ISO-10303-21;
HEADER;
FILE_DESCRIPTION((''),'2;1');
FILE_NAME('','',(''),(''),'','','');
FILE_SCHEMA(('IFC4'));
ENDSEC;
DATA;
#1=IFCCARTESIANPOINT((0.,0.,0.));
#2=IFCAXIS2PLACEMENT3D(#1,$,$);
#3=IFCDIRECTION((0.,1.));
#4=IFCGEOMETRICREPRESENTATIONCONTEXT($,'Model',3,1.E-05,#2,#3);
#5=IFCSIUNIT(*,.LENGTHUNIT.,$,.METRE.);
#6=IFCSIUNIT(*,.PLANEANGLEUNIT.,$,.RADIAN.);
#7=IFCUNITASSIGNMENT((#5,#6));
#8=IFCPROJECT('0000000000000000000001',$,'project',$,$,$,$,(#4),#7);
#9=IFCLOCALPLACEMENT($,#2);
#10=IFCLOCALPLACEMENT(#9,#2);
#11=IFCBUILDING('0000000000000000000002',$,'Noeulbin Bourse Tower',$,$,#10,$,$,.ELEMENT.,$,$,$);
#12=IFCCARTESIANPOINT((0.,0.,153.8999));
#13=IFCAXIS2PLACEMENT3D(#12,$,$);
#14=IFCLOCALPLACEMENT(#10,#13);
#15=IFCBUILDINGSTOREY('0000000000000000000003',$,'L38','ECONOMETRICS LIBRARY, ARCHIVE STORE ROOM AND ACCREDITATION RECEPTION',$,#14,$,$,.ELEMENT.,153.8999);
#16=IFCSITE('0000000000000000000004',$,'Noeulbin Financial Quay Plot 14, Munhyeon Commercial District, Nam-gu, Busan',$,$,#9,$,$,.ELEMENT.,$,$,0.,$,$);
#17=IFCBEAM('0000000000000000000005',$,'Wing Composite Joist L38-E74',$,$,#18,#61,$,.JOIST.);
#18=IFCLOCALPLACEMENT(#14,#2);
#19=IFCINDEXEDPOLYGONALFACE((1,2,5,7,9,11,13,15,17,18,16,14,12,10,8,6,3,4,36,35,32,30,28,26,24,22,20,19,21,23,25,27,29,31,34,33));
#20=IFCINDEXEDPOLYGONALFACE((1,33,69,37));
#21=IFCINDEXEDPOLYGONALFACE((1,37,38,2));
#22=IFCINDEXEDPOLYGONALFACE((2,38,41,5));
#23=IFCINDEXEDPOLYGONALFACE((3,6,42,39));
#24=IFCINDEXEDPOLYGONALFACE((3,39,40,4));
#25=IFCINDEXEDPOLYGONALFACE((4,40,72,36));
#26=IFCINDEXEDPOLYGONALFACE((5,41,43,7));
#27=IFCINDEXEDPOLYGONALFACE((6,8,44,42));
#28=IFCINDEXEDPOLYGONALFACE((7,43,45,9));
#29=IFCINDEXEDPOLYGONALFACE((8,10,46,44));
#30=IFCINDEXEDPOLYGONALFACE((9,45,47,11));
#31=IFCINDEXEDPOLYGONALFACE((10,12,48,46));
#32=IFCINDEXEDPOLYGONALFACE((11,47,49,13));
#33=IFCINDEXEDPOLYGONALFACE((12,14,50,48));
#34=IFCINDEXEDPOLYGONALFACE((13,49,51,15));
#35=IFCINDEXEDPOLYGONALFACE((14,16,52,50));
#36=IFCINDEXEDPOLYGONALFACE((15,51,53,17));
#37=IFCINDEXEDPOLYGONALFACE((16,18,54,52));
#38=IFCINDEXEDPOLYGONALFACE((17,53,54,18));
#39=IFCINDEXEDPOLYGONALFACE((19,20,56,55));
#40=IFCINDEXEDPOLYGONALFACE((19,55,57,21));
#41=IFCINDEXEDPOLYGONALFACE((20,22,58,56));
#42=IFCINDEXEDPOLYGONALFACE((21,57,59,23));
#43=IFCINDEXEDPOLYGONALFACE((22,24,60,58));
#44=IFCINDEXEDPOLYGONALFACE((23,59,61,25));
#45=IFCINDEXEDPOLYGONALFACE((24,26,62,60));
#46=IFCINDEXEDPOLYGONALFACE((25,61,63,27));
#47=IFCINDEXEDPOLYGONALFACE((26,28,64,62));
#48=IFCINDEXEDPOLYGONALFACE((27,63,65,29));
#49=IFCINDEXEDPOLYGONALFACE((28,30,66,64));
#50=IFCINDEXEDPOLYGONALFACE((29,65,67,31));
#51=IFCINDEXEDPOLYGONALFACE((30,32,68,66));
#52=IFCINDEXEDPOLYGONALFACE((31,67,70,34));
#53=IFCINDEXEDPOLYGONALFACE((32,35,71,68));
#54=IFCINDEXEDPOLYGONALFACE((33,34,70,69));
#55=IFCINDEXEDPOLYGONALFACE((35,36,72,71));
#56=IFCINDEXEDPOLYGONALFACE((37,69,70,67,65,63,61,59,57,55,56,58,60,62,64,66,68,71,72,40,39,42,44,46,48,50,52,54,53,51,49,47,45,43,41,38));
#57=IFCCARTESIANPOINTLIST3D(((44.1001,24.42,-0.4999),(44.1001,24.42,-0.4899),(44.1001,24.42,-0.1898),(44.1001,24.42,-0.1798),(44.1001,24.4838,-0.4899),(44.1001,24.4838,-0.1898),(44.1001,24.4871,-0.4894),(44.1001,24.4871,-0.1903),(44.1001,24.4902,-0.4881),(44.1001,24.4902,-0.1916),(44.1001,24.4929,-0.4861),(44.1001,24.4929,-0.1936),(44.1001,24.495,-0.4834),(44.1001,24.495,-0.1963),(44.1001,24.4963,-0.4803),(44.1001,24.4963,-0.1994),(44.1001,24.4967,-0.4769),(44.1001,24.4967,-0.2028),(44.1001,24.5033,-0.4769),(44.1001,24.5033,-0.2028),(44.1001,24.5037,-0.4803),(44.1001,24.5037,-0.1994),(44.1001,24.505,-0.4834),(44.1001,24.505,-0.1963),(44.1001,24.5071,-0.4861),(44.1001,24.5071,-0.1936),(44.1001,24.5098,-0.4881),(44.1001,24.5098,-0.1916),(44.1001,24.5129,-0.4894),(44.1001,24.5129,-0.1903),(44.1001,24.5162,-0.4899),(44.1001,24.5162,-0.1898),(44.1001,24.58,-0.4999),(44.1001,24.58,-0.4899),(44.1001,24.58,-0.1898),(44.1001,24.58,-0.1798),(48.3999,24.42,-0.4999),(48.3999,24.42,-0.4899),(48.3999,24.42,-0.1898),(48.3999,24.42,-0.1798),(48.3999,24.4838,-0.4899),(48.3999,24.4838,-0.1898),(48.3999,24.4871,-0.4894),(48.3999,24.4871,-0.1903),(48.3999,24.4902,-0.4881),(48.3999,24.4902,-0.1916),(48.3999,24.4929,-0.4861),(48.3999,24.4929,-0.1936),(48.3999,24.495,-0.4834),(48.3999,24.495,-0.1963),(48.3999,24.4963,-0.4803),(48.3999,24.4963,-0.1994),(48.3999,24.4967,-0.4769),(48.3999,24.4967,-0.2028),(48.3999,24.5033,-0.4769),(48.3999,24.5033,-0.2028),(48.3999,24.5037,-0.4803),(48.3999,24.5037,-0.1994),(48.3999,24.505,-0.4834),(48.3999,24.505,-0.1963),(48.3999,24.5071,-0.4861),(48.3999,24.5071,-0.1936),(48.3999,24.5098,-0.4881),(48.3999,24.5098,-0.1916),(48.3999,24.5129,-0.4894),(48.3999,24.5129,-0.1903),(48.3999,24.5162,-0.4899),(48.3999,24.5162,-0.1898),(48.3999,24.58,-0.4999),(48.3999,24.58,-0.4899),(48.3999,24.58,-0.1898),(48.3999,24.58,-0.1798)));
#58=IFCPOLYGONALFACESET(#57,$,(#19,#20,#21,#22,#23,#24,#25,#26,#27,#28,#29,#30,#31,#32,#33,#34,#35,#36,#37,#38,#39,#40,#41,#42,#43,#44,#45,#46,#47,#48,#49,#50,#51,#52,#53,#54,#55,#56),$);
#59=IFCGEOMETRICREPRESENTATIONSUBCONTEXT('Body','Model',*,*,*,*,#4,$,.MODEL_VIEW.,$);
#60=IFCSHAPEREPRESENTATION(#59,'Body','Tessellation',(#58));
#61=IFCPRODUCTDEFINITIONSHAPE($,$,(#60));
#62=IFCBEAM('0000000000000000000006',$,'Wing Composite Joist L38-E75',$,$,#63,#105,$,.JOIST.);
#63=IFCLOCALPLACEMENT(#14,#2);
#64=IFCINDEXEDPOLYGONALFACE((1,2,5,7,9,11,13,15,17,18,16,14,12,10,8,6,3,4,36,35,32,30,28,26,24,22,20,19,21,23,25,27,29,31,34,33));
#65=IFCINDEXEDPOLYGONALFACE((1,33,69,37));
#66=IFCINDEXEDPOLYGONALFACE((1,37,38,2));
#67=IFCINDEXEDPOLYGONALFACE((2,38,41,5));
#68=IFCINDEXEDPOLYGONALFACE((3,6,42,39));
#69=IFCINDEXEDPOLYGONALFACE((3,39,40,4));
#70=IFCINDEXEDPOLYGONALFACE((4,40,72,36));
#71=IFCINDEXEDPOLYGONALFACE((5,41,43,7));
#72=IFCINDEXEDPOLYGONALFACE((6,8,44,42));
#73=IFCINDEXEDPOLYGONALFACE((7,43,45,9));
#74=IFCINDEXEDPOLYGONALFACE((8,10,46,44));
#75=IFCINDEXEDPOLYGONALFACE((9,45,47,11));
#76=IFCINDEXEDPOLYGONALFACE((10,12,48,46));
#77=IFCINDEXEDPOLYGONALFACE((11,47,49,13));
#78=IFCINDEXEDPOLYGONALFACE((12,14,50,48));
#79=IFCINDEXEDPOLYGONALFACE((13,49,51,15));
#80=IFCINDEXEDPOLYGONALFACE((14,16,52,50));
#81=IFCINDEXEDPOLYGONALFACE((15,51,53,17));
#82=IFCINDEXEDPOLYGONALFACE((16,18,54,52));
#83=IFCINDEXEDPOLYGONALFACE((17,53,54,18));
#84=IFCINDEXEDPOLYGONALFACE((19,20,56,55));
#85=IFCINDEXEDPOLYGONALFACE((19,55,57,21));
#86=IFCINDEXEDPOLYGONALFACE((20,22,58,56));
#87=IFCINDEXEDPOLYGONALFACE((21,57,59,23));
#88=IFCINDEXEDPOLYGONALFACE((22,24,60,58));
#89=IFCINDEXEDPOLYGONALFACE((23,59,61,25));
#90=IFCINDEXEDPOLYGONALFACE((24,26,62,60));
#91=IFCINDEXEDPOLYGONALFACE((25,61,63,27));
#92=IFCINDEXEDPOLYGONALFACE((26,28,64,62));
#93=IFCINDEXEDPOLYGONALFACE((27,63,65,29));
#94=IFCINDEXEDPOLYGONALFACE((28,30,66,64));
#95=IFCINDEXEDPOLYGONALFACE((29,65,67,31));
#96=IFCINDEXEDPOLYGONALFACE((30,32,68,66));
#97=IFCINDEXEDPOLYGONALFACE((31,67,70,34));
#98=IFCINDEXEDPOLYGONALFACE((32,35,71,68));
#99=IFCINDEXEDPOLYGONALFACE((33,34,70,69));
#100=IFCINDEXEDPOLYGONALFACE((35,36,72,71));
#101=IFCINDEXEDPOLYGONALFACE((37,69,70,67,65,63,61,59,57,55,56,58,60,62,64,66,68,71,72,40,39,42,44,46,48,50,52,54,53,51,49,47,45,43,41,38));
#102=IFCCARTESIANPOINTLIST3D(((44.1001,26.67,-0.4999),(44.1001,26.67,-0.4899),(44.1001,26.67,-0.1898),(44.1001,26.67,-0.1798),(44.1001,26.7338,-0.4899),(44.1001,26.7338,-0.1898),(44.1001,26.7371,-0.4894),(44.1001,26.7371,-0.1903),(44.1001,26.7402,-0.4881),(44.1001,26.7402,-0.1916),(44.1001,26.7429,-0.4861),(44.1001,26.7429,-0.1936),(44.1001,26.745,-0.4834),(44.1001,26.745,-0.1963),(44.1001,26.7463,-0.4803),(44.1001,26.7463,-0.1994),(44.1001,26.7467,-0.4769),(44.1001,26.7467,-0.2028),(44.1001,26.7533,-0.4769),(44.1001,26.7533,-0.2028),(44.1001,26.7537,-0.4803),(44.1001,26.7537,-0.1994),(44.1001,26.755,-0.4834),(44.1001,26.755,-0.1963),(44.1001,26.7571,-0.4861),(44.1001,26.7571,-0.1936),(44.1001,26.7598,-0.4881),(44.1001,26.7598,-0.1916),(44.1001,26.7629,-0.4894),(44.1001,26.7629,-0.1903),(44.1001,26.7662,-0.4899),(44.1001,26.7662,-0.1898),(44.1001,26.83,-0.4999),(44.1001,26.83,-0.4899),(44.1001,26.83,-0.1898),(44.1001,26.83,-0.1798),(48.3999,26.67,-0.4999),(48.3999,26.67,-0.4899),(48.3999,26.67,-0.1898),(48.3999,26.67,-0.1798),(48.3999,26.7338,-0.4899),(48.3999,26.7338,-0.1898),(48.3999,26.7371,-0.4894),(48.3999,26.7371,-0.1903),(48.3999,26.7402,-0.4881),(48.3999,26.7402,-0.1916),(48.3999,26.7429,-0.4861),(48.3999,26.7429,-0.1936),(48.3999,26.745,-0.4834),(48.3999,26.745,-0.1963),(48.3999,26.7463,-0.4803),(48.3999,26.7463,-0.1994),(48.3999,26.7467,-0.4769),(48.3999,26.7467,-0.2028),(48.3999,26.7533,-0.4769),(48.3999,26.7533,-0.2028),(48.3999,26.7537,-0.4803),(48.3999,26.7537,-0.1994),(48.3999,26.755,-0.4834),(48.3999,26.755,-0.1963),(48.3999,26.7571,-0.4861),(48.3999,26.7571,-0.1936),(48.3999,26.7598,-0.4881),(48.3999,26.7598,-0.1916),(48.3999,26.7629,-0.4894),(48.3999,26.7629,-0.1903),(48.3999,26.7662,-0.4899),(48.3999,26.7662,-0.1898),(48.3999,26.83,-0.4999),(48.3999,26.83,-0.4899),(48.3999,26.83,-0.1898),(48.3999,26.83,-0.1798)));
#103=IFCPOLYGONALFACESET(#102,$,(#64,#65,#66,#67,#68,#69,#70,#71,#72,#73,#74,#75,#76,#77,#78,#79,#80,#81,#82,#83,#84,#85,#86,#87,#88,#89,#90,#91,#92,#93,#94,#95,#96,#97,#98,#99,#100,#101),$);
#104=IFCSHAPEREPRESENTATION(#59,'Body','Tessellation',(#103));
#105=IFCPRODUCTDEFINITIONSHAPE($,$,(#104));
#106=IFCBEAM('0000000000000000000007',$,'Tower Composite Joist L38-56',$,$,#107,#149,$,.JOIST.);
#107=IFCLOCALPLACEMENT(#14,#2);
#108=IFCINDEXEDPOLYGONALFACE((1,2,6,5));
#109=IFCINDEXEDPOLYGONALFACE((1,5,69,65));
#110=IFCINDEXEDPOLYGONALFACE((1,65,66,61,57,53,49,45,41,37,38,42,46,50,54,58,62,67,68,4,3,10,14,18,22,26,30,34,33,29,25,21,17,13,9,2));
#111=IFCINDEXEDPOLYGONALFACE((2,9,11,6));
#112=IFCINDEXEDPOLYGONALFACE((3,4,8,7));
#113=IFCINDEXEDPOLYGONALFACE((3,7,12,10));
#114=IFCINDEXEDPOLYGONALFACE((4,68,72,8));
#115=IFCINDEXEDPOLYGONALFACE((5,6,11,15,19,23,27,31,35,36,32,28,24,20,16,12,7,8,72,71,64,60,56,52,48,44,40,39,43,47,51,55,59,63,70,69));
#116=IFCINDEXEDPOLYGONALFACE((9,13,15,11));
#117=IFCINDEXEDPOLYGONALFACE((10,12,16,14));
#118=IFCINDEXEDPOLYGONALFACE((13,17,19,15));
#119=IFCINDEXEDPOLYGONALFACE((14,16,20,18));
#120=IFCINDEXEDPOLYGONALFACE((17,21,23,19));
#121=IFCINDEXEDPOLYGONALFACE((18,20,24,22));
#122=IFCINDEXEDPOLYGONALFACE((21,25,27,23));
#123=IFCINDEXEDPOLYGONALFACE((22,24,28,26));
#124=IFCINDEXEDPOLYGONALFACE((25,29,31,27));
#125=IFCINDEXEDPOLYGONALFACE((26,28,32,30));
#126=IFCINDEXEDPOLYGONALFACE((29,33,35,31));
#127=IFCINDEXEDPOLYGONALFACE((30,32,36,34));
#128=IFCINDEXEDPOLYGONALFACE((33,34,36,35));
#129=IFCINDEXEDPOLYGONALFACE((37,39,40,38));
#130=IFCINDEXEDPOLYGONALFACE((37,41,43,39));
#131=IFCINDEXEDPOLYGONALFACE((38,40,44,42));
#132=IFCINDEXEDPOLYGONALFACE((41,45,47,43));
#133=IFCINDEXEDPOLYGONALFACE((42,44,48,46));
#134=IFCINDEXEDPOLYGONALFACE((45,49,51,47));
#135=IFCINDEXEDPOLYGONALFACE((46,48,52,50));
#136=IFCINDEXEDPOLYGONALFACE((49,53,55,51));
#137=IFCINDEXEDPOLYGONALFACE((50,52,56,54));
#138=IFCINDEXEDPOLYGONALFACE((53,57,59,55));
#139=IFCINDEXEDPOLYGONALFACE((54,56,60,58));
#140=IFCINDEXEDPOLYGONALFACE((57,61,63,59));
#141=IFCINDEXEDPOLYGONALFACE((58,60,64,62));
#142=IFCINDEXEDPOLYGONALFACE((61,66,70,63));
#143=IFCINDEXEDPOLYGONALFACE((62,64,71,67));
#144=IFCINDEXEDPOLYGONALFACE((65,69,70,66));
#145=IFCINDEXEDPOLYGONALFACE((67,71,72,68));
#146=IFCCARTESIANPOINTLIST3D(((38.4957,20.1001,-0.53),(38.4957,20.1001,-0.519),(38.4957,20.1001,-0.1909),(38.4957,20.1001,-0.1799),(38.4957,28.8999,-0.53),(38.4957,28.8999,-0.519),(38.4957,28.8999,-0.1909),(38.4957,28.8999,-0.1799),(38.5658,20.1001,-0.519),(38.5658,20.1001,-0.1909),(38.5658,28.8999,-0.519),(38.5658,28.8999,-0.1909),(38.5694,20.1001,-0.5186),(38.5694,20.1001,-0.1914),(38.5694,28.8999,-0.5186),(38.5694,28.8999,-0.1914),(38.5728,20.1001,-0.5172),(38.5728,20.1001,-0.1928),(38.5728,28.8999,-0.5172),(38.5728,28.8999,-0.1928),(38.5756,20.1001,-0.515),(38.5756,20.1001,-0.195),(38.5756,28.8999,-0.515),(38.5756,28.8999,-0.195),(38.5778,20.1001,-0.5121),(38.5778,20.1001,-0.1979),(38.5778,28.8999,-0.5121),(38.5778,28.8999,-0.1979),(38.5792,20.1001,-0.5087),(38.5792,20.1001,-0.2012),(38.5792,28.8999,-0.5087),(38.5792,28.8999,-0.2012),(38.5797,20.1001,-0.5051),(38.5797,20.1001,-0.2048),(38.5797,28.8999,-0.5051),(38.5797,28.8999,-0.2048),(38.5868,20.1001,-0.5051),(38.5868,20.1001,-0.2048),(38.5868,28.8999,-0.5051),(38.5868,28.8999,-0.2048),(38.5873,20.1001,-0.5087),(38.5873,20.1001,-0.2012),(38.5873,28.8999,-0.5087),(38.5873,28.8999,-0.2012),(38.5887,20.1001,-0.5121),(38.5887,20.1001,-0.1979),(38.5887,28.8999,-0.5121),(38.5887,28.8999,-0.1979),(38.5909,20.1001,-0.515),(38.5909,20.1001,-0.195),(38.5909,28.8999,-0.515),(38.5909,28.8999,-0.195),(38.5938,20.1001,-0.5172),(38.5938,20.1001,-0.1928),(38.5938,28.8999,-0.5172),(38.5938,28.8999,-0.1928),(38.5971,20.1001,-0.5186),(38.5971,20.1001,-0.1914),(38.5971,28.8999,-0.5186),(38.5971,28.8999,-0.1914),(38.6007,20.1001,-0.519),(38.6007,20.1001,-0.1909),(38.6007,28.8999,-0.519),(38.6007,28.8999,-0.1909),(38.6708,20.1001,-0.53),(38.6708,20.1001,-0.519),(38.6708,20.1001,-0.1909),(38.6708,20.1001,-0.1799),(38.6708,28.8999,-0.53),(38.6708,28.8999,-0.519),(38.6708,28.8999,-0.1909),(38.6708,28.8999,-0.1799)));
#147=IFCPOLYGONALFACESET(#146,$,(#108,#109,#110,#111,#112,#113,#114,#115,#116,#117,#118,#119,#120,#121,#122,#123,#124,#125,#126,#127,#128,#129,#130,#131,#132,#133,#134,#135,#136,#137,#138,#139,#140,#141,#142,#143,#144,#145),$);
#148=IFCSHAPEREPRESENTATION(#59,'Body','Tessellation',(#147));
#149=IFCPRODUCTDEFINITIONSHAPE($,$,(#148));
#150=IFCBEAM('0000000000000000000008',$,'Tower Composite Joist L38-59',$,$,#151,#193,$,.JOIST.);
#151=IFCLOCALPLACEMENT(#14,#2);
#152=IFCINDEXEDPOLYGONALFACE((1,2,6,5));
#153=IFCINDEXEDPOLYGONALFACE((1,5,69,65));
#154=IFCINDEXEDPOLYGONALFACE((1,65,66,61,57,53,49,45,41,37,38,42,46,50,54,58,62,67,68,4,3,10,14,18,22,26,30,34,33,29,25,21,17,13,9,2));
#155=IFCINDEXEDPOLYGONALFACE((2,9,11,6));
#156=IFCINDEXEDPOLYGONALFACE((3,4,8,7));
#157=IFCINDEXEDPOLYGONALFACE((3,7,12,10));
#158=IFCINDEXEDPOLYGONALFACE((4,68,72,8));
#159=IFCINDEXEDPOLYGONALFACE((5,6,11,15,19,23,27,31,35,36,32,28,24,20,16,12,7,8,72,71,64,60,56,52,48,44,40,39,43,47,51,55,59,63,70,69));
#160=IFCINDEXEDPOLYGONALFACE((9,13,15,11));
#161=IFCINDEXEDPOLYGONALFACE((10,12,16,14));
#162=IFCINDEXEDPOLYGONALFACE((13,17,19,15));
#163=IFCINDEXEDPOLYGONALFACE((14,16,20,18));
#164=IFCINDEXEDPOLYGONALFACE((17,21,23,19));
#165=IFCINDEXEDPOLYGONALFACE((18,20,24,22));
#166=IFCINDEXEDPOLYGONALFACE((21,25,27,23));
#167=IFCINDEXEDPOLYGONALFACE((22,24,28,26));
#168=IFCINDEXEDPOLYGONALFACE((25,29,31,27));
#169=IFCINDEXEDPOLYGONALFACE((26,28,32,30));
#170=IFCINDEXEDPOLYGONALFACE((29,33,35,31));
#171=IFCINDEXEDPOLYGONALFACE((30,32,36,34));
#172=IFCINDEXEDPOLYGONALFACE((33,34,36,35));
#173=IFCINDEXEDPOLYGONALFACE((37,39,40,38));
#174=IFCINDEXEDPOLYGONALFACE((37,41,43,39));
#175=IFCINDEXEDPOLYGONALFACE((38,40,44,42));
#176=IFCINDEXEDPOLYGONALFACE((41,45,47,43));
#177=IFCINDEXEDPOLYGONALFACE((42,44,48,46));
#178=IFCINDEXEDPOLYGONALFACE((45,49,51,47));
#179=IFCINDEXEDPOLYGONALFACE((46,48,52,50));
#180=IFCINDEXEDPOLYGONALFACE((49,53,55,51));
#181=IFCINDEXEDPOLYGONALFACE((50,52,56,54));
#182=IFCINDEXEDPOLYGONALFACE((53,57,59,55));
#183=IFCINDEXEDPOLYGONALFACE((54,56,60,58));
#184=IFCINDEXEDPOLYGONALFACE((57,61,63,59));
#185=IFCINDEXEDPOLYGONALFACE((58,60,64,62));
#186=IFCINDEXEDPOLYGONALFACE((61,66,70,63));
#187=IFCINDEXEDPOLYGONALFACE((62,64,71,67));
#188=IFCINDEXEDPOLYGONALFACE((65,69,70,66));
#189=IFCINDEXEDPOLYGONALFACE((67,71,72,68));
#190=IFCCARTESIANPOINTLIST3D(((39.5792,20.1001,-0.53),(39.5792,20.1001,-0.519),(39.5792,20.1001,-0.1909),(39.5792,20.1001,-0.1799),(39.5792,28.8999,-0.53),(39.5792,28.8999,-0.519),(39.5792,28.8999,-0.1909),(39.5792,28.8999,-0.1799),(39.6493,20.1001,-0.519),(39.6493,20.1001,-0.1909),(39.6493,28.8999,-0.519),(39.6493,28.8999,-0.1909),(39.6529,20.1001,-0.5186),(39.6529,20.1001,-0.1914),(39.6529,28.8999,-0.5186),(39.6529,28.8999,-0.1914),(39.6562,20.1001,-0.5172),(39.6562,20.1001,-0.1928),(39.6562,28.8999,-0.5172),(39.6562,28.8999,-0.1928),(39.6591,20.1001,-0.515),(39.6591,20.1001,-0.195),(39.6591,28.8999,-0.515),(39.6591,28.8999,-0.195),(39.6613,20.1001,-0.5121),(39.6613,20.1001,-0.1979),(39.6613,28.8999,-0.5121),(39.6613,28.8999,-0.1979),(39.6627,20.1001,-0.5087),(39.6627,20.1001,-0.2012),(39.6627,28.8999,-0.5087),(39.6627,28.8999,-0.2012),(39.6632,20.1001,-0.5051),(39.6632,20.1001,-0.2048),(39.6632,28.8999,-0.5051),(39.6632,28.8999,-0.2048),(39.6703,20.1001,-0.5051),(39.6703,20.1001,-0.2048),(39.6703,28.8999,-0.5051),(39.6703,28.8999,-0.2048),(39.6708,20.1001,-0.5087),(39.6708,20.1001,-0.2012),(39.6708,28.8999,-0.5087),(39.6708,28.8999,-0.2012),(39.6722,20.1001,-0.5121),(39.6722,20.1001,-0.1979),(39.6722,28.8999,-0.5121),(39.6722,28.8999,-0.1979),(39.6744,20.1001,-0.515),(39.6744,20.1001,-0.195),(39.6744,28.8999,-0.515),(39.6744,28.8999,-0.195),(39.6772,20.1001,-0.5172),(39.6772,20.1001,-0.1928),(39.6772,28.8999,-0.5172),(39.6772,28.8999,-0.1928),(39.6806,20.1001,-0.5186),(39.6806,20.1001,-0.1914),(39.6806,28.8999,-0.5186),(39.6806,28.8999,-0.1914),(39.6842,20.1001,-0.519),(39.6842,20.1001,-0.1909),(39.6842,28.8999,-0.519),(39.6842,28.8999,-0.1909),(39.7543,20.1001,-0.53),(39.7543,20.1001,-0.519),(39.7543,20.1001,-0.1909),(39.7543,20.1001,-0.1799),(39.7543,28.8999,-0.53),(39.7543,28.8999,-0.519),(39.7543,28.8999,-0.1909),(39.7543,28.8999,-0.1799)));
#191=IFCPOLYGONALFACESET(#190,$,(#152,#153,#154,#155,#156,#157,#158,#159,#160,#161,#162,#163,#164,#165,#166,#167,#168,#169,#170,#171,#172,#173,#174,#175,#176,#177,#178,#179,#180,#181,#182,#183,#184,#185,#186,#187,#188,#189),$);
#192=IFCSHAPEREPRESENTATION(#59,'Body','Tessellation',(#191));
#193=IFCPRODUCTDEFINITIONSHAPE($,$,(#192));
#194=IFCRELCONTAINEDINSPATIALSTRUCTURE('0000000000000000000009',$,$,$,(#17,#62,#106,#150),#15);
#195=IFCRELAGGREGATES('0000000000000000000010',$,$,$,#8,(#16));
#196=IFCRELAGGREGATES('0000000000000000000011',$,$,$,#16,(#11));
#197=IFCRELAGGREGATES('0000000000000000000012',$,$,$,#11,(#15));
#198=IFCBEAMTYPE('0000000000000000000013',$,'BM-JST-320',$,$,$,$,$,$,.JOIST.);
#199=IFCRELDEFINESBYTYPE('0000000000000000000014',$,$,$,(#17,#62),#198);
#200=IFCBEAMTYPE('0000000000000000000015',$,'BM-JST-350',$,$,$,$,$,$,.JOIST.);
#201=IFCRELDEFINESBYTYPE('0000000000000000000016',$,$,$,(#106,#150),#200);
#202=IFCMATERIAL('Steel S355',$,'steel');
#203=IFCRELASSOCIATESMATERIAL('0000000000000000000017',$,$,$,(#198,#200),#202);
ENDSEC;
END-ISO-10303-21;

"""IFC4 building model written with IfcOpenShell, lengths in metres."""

from ifc_helpers import new_model, si_unit, direction, frame, origin, origin_2d, place, context, subcontext, project, spatial, i_section, extrude, material, material_profile, profile_set, type_object, element, save


model = new_model("IFC4")

# Units and contexts
model_context = context("Model", 3, precision=1e-05, world=origin(), true_north=direction((0.0, 1.0)))
body_context = subcontext(model_context, "Body", "Model", "MODEL_VIEW")
ifc_project = project(units=[si_unit("LENGTHUNIT", "METRE"), si_unit("PLANEANGLEUNIT", "RADIAN")], contexts=[model_context])

# Site, building, storey
site_placement = place(None, origin())
site = spatial("IfcSite", under=ifc_project, at=site_placement, Name="Noeulbin Financial Quay Plot 14, Munhyeon Commercial District, Nam-gu, Busan", CompositionType="ELEMENT", RefElevation=0.0)
building_placement = place(site_placement, origin())
building = spatial("IfcBuilding", under=site, at=building_placement, Name="Noeulbin Bourse Tower", CompositionType="ELEMENT")
storey_placement = place(building_placement, frame((0.0, 0.0, 153.8999)))
storey = spatial("IfcBuildingStorey", under=building, at=storey_placement, Name="L38", Description="ECONOMETRICS LIBRARY, ARCHIVE STORE ROOM AND ACCREDITATION RECEPTION", CompositionType="ELEMENT", Elevation=153.8999)

# Shared definitions
ifc_material_1 = material(Name="Steel S355", Category="steel")

# Beams
ifc_material_profile_1 = material_profile(ifc_material_1, i_section(OverallWidth=0.1599, OverallDepth=0.3201, WebThickness=0.0066, FlangeThickness=0.01, FilletRadius=0.0129, at=origin_2d()), Name="H-320x160x6.5x10", Category="LoadBearing")
ifc_profile_set_1 = profile_set([ifc_material_profile_1], Name="Steel S355")
beam_type_1 = type_object("IfcBeamType", Name="BM-JST-320", PredefinedType="JOIST", material=ifc_profile_set_1)
for number, where, z_axis, x_axis, name in (
    (1, (44.1001, 24.5, -0.3398), (1.0, 0.0, 0.0), (0.0, 1.0, 0.0), "Wing Composite Joist L38-E74"),
    (2, (44.1001, 26.75, -0.3398), (1.0, 0.0, 0.0), (0.0, 1.0, 0.0), "Wing Composite Joist L38-E75"),
):
    element("IfcBeam", number, at=place(storey_placement, frame(where, z_axis=z_axis, x_axis=x_axis)), inside=storey, type_object=beam_type_1, Name=name, PredefinedType="JOIST", context=body_context, shape_type="SweptSolid", body=[
        extrude(i_section(OverallWidth=0.1599, OverallDepth=0.3201, WebThickness=0.0066, FlangeThickness=0.01, FilletRadius=0.0129, at=origin_2d()), origin(), (0.0, 0.0, 1.0), 4.2998),
    ])
ifc_material_profile_2 = material_profile(ifc_material_1, i_section(OverallWidth=0.175, OverallDepth=0.3501, WebThickness=0.0071, FlangeThickness=0.011, FilletRadius=0.0139, at=origin_2d()), Name="H-350x175x7x11", Category="LoadBearing")
ifc_profile_set_2 = profile_set([ifc_material_profile_2], Name="Steel S355")
beam_type_2 = type_object("IfcBeamType", Name="BM-JST-350", PredefinedType="JOIST", material=ifc_profile_set_2)
for number, where, z_axis, x_axis, name in (
    (3, (38.5833, 20.1001, -0.355), (0.0, 1.0, 0.0), (-1.0, 0.0, 0.0), "Tower Composite Joist L38-56"),
    (4, (39.6667, 20.1001, -0.355), (0.0, 1.0, 0.0), (-1.0, 0.0, 0.0), "Tower Composite Joist L38-59"),
):
    element("IfcBeam", number, at=place(storey_placement, frame(where, z_axis=z_axis, x_axis=x_axis)), inside=storey, type_object=beam_type_2, Name=name, PredefinedType="JOIST", context=body_context, shape_type="SweptSolid", body=[
        extrude(i_section(OverallWidth=0.175, OverallDepth=0.3501, WebThickness=0.0071, FlangeThickness=0.011, FilletRadius=0.0139, at=origin_2d()), origin(), (0.0, 0.0, 1.0), 8.7998),
    ])

save(model, "model.ifc")
